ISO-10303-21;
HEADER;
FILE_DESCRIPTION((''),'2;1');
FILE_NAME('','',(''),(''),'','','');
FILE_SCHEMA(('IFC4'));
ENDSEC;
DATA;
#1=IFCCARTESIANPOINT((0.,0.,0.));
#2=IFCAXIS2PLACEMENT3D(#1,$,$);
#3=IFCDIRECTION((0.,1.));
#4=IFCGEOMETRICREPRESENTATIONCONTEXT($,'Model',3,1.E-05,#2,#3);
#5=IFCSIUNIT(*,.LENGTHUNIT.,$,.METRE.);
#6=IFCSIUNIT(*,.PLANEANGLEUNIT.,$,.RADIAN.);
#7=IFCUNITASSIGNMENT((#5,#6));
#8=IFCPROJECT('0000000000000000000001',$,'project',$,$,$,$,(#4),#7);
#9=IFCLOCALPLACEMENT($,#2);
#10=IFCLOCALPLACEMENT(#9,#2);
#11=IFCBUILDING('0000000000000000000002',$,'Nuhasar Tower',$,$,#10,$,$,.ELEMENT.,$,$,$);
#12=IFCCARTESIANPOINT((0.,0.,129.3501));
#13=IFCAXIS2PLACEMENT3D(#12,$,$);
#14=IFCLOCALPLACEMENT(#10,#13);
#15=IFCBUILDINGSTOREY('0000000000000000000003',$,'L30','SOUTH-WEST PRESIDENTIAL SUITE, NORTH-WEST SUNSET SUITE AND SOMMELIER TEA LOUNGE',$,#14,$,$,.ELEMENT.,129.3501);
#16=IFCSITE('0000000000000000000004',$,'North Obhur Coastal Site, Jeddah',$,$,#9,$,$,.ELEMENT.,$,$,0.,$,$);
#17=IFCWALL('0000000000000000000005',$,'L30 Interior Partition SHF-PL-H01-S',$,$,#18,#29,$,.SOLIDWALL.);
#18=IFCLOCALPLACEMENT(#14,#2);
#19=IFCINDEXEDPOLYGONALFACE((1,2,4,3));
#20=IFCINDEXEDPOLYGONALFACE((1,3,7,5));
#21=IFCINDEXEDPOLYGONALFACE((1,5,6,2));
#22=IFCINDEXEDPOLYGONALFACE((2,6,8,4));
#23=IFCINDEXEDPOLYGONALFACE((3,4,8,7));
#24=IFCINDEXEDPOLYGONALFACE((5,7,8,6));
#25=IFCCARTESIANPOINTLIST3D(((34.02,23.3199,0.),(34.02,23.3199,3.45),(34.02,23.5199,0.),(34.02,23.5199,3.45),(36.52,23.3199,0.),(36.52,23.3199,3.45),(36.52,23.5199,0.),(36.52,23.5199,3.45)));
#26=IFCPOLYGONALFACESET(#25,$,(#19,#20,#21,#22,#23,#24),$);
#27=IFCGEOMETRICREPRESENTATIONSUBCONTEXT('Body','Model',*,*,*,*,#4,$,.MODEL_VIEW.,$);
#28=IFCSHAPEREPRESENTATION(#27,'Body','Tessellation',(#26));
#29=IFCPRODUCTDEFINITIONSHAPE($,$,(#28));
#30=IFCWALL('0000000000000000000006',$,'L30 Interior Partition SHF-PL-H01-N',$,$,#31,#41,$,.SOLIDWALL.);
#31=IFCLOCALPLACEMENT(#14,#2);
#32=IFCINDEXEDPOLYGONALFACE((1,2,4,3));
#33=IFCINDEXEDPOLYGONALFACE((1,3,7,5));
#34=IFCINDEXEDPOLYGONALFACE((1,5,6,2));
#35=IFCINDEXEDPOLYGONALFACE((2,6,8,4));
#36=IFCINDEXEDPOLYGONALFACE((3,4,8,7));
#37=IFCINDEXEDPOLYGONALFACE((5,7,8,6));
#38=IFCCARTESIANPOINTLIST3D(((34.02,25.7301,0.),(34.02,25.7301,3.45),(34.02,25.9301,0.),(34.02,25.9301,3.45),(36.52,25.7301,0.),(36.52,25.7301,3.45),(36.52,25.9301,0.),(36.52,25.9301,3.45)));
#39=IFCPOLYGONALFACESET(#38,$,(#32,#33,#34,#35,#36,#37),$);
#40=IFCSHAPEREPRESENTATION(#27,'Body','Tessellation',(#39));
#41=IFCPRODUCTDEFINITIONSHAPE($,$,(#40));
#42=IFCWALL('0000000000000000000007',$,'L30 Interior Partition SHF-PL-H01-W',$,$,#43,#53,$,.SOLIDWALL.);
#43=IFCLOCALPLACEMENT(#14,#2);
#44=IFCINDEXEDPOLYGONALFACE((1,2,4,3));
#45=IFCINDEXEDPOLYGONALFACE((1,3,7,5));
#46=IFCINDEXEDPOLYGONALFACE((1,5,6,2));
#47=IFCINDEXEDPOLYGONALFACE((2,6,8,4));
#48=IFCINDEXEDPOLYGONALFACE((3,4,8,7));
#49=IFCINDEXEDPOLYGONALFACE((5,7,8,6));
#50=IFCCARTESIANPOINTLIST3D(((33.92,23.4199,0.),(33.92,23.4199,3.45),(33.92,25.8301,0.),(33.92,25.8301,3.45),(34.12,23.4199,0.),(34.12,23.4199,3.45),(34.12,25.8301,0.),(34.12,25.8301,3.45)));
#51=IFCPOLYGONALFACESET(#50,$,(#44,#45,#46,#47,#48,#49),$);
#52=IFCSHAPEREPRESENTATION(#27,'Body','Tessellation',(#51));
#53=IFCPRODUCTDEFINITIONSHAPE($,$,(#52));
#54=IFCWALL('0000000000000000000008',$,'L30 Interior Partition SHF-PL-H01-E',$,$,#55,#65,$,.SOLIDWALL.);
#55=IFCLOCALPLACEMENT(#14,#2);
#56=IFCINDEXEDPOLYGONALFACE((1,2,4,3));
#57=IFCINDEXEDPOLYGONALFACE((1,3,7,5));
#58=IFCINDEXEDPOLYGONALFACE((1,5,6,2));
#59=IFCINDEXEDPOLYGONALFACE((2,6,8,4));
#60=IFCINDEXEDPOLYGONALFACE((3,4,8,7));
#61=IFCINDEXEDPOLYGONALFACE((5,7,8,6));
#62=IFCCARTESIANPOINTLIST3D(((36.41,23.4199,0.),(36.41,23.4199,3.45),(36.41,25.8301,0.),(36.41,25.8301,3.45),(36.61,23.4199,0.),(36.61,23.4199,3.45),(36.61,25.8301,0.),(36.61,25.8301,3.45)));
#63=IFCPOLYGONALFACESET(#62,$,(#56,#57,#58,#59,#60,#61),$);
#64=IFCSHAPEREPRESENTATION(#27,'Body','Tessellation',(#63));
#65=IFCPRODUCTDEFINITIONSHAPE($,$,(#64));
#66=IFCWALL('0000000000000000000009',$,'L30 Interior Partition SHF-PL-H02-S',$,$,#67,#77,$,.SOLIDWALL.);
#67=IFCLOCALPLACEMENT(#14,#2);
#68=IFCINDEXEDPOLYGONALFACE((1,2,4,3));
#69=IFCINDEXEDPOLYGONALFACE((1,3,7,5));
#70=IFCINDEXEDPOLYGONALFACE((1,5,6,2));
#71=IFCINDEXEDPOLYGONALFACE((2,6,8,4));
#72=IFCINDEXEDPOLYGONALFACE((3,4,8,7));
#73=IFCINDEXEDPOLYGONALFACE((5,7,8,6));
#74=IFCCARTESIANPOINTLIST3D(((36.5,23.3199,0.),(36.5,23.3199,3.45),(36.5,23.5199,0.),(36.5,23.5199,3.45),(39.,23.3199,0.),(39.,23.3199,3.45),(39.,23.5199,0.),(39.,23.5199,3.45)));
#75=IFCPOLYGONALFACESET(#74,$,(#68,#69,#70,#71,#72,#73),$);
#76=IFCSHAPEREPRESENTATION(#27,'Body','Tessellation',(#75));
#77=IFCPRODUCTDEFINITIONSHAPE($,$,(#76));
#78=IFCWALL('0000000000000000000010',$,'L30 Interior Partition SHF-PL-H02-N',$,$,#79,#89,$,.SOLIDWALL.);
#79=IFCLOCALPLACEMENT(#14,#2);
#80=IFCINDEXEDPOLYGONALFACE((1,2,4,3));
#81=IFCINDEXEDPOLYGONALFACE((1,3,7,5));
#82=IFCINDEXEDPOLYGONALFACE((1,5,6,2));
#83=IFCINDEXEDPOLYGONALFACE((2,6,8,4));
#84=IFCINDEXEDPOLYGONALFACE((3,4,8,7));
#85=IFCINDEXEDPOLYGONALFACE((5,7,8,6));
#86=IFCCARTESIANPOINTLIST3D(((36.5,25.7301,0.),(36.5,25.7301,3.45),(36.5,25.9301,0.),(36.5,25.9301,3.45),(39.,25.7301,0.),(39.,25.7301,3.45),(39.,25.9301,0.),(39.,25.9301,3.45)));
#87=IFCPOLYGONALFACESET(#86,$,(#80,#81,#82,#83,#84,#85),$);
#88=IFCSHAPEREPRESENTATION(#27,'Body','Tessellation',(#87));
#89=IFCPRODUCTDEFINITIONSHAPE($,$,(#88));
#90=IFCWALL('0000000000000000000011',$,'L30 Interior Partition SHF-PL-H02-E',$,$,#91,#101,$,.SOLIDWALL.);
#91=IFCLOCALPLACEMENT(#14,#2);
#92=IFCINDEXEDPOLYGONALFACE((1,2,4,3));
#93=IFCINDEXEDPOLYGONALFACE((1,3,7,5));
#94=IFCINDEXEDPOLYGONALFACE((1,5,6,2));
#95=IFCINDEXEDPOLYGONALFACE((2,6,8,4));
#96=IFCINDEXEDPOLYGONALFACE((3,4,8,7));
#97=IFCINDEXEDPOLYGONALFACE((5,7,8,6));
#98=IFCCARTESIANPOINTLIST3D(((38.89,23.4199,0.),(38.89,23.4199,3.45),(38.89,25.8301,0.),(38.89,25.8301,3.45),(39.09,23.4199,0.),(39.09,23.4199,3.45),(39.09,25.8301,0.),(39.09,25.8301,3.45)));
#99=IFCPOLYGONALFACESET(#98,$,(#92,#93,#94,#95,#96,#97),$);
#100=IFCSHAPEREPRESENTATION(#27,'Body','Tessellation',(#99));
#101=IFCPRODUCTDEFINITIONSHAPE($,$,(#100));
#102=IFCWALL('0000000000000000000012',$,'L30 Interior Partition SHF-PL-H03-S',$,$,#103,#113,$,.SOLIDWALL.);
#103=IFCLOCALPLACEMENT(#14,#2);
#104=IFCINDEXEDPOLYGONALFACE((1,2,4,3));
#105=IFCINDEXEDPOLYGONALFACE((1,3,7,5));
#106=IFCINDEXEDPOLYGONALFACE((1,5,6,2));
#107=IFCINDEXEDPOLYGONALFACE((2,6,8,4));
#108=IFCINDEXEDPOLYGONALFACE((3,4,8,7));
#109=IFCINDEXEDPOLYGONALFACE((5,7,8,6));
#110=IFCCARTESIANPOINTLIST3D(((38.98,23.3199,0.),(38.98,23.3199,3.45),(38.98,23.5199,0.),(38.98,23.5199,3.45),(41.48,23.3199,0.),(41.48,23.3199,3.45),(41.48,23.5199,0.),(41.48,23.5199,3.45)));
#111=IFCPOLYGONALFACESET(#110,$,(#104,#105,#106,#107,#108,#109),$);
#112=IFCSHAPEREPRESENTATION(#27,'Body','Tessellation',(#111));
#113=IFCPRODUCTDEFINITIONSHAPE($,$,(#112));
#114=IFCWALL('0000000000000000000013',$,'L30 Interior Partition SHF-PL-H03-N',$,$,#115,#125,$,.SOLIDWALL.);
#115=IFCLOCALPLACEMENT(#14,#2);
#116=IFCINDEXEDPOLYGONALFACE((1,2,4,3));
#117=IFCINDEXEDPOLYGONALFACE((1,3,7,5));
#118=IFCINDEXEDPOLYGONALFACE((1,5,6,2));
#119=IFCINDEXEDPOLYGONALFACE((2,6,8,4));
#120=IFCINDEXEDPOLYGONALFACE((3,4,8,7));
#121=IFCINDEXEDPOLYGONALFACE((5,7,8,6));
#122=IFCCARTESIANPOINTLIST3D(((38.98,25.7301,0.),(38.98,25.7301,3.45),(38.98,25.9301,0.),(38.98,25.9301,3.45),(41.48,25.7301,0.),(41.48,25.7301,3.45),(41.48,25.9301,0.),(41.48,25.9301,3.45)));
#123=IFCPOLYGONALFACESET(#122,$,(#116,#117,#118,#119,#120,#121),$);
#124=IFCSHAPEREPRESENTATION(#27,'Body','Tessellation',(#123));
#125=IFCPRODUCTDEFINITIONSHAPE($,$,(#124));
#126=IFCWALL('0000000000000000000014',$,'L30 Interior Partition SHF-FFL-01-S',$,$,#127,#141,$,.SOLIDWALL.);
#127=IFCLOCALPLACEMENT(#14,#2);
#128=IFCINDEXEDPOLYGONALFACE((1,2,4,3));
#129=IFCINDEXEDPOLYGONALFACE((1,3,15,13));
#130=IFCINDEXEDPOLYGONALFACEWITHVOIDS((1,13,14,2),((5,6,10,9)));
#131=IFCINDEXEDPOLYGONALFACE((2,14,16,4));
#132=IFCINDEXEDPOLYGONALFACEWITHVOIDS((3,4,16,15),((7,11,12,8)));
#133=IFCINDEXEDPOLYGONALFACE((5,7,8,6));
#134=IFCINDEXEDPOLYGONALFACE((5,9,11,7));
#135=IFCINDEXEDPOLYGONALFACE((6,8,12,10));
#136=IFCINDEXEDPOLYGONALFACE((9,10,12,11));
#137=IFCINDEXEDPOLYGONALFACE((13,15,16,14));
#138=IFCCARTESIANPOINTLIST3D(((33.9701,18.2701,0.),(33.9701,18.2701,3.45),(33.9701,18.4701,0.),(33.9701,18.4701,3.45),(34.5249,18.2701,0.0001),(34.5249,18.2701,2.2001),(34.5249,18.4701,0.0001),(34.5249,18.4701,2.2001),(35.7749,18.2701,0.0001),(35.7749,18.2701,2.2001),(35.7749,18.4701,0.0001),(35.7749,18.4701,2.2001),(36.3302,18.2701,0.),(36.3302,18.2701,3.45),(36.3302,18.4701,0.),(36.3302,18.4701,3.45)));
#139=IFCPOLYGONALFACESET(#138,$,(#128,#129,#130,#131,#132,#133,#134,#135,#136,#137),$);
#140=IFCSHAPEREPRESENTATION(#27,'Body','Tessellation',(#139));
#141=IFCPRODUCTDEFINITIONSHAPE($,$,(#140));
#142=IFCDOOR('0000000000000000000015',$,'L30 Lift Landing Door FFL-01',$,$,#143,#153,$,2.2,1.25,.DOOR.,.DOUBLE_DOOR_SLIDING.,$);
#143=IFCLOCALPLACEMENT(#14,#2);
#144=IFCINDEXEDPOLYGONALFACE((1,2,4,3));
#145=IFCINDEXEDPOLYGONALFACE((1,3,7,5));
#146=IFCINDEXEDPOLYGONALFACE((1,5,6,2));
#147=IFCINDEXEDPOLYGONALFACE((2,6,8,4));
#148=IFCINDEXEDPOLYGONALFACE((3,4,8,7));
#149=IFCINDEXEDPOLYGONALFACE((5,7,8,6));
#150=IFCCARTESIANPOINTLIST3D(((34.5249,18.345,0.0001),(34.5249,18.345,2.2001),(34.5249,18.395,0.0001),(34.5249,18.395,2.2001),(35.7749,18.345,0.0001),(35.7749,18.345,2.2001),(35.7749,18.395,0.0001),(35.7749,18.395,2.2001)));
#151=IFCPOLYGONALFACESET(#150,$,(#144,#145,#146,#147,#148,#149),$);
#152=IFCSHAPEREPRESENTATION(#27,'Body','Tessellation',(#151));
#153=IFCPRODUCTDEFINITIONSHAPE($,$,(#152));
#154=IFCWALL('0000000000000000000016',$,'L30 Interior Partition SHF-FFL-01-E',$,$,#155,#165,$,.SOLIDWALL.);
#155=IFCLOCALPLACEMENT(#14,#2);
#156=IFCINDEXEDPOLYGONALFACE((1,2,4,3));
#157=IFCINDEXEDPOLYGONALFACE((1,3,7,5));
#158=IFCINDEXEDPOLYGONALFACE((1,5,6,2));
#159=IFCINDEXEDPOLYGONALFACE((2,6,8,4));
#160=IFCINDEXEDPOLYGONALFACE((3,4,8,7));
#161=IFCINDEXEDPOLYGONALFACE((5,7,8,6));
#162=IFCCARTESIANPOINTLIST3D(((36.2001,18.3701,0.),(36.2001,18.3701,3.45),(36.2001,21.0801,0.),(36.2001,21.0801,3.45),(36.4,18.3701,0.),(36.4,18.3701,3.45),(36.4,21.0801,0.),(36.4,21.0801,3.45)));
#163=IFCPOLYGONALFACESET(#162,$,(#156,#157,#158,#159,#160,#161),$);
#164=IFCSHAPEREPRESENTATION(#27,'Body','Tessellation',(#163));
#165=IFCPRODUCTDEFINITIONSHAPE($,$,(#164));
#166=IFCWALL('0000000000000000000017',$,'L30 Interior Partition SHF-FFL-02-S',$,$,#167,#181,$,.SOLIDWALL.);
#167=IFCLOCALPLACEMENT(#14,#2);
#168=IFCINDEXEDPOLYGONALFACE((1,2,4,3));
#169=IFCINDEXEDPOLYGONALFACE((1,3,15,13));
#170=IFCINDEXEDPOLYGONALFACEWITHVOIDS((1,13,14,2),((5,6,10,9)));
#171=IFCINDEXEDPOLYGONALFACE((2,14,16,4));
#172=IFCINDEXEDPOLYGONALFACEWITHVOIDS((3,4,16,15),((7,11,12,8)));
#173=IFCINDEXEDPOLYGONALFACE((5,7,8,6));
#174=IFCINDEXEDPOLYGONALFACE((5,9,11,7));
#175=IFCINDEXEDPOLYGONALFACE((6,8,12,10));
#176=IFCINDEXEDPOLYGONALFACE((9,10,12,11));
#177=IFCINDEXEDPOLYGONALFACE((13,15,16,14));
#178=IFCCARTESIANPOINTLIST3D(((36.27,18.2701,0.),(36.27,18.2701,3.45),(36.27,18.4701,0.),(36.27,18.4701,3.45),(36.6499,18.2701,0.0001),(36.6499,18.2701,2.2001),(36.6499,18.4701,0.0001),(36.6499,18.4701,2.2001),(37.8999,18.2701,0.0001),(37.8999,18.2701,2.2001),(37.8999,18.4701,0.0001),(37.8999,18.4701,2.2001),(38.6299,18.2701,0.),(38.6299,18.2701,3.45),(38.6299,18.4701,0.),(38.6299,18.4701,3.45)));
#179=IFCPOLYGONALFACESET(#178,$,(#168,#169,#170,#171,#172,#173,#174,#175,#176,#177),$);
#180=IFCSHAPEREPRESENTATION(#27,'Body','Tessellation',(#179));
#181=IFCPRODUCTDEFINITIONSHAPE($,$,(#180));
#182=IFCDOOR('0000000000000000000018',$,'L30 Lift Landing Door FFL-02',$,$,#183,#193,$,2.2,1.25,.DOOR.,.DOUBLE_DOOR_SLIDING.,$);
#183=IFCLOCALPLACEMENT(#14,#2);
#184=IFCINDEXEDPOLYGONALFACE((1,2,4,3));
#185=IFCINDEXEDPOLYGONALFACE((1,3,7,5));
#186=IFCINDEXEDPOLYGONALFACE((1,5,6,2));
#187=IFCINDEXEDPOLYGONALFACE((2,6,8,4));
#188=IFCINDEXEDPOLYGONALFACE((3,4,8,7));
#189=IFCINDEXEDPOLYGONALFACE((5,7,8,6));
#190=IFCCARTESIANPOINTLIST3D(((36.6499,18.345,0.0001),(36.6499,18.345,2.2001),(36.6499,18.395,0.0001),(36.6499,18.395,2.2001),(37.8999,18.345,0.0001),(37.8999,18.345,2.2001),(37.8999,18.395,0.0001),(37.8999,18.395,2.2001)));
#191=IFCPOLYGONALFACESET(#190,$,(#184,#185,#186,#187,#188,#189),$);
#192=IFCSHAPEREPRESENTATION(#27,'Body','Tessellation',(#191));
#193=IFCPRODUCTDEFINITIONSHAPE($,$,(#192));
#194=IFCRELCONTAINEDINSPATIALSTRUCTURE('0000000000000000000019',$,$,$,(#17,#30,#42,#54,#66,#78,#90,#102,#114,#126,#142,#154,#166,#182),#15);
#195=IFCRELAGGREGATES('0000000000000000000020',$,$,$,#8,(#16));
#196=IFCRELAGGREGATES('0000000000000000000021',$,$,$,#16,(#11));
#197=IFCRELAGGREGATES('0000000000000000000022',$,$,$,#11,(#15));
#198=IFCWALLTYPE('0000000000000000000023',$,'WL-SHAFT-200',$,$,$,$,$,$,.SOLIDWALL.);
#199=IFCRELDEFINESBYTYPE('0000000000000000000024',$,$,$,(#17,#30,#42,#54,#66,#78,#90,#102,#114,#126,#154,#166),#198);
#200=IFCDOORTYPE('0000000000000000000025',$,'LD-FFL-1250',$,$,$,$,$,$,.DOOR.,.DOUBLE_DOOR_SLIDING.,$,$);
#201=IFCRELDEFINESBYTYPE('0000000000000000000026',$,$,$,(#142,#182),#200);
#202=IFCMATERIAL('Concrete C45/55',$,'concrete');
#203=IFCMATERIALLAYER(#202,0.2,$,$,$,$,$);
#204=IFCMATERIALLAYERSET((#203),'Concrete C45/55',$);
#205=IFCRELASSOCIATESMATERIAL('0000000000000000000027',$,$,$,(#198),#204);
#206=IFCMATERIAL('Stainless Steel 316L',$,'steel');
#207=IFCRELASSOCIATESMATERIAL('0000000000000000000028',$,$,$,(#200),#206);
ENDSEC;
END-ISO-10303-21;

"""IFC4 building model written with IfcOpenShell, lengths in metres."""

from ifc_helpers import new_model, si_unit, direction, frame, frame_2d, origin, place, context, subcontext, project, spatial, rectangle, extrude, material, layer, layer_set, type_object, element, fill, save


model = new_model("IFC4")

# Units and contexts
model_context = context("Model", 3, precision=1e-05, world=origin(), true_north=direction((0.0, 1.0)))
body_context = subcontext(model_context, "Body", "Model", "MODEL_VIEW")
ifc_project = project(units=[si_unit("LENGTHUNIT", "METRE"), si_unit("PLANEANGLEUNIT", "RADIAN")], contexts=[model_context])

# Site, building, storey
site_placement = place(None, origin())
site = spatial("IfcSite", under=ifc_project, at=site_placement, Name="North Obhur Coastal Site, Jeddah", CompositionType="ELEMENT", RefElevation=0.0)
building_placement = place(site_placement, origin())
building = spatial("IfcBuilding", under=site, at=building_placement, Name="Nuhasar Tower", CompositionType="ELEMENT")
storey_placement = place(building_placement, frame((0.0, 0.0, 129.3501)))
storey = spatial("IfcBuildingStorey", under=building, at=storey_placement, Name="L30", Description="SOUTH-WEST PRESIDENTIAL SUITE, NORTH-WEST SUNSET SUITE AND SOMMELIER TEA LOUNGE", CompositionType="ELEMENT", Elevation=129.3501)

# Shared definitions
ifc_material_1 = material(Name="Concrete C45/55", Category="concrete")

# Walls
ifc_layer_1 = layer(ifc_material_1, 0.2)
ifc_layer_set_1 = layer_set([ifc_layer_1], Name="Concrete C45/55")
wall_type_1 = type_object("IfcWallType", Name="WL-SHAFT-200", PredefinedType="SOLIDWALL", material=ifc_layer_set_1)
for number, where, z_axis, x_axis, name in (
    (1, (34.02, 23.4199, 0.0), (0.0, 0.0, 1.0), (1.0, 0.0, 0.0), "L30 Interior Partition SHF-PL-H01-S"),
    (2, (34.02, 25.8301, 0.0), (0.0, 0.0, 1.0), (1.0, 0.0, 0.0), "L30 Interior Partition SHF-PL-H01-N"),
):
    element("IfcWall", number, at=place(storey_placement, frame(where, z_axis=z_axis, x_axis=x_axis)), inside=storey, type_object=wall_type_1, Name=name, PredefinedType="SOLIDWALL", context=body_context, shape_type="SweptSolid", body=[
        extrude(rectangle(XDim=2.5, YDim=0.2, at=frame_2d((1.25, 0.0))), origin(), (0.0, 0.0, 1.0), 3.45),
    ])
for number, where, z_axis, x_axis, name in (
    (3, (34.02, 23.4199, 0.0), (0.0, 0.0, 1.0), (0.0, 1.0, 0.0), "L30 Interior Partition SHF-PL-H01-W"),
    (4, (36.51, 23.4199, 0.0), (0.0, 0.0, 1.0), (0.0, 1.0, 0.0), "L30 Interior Partition SHF-PL-H01-E"),
):
    element("IfcWall", number, at=place(storey_placement, frame(where, z_axis=z_axis, x_axis=x_axis)), inside=storey, type_object=wall_type_1, Name=name, PredefinedType="SOLIDWALL", context=body_context, shape_type="SweptSolid", body=[
        extrude(rectangle(XDim=2.4102, YDim=0.2, at=frame_2d((1.2051, 0.0))), origin(), (0.0, 0.0, 1.0), 3.45),
    ])
for number, where, z_axis, x_axis, name in (
    (5, (36.5, 23.4199, 0.0), (0.0, 0.0, 1.0), (1.0, 0.0, 0.0), "L30 Interior Partition SHF-PL-H02-S"),
    (6, (36.5, 25.8301, 0.0), (0.0, 0.0, 1.0), (1.0, 0.0, 0.0), "L30 Interior Partition SHF-PL-H02-N"),
):
    element("IfcWall", number, at=place(storey_placement, frame(where, z_axis=z_axis, x_axis=x_axis)), inside=storey, type_object=wall_type_1, Name=name, PredefinedType="SOLIDWALL", context=body_context, shape_type="SweptSolid", body=[
        extrude(rectangle(XDim=2.5, YDim=0.2, at=frame_2d((1.25, 0.0))), origin(), (0.0, 0.0, 1.0), 3.45),
    ])
wall_1_placement = place(storey_placement, frame((38.99, 23.4199, 0.0), z_axis=(0.0, 0.0, 1.0), x_axis=(0.0, 1.0, 0.0)))
element("IfcWall", 7, at=wall_1_placement, inside=storey, type_object=wall_type_1, Name="L30 Interior Partition SHF-PL-H02-E", PredefinedType="SOLIDWALL", context=body_context, shape_type="SweptSolid", body=[
    extrude(rectangle(XDim=2.4102, YDim=0.2, at=frame_2d((1.2051, 0.0))), origin(), (0.0, 0.0, 1.0), 3.45),
])
for number, where, z_axis, x_axis, name in (
    (8, (38.98, 23.4199, 0.0), (0.0, 0.0, 1.0), (1.0, 0.0, 0.0), "L30 Interior Partition SHF-PL-H03-S"),
    (9, (38.98, 25.8301, 0.0), (0.0, 0.0, 1.0), (1.0, 0.0, 0.0), "L30 Interior Partition SHF-PL-H03-N"),
):
    element("IfcWall", number, at=place(storey_placement, frame(where, z_axis=z_axis, x_axis=x_axis)), inside=storey, type_object=wall_type_1, Name=name, PredefinedType="SOLIDWALL", context=body_context, shape_type="SweptSolid", body=[
        extrude(rectangle(XDim=2.5, YDim=0.2, at=frame_2d((1.25, 0.0))), origin(), (0.0, 0.0, 1.0), 3.45),
    ])

# Wall, opening, door
wall_2_placement = place(storey_placement, frame((33.97, 18.3701, 0.0), z_axis=(0.0, 0.0, 1.0), x_axis=(1.0, 0.0, 0.0)))
wall_2 = element("IfcWall", 10, at=wall_2_placement, inside=storey, type_object=wall_type_1, Name="L30 Interior Partition SHF-FFL-01-S", PredefinedType="SOLIDWALL", context=body_context, shape_type="SweptSolid", body=[
    extrude(rectangle(XDim=2.3601, YDim=0.2, at=frame_2d((1.1802, 0.0))), origin(), (0.0, 0.0, 1.0), 3.45),
])
opening_1_placement = place(wall_2_placement, frame((0.5549, 0.0, 0.0)))
opening_1 = element("IfcOpeningElement", 11, at=opening_1_placement, cuts=wall_2, PredefinedType="OPENING", context=body_context, shape_type="SweptSolid", body=[
    extrude(rectangle(XDim=1.25, YDim=2.2, at=frame_2d((0.625, 1.1001))), frame((0.0, 0.1099, 0.0), z_axis=(0.0, -1.0, 0.0), x_axis=(1.0, 0.0, 0.0)), (0.0, 0.0, 1.0), 0.22),
])
ifc_material_2 = material(Name="Stainless Steel 316L", Category="steel")
door_type_1 = type_object("IfcDoorType", Name="LD-FFL-1250", OperationType="DOUBLE_DOOR_SLIDING", PredefinedType="DOOR", material=ifc_material_2)
door_1_placement = place(opening_1_placement, origin())
door_1 = element("IfcDoor", 12, at=door_1_placement, inside=storey, type_object=door_type_1, Name="L30 Lift Landing Door FFL-01", OperationType="DOUBLE_DOOR_SLIDING", OverallHeight=2.2, OverallWidth=1.25, PredefinedType="DOOR", context=body_context, shape_type="SweptSolid", body=[
    extrude(rectangle(XDim=1.25, YDim=2.2, at=frame_2d((0.625, 1.1001))), frame((0.0, 0.0249, 0.0), z_axis=(0.0, -1.0, 0.0), x_axis=(1.0, 0.0, 0.0)), (0.0, 0.0, 1.0), 0.05),
])
fill(opening_1, door_1)

# Wall
wall_3_placement = place(storey_placement, frame((36.3, 18.3701, 0.0), z_axis=(0.0, 0.0, 1.0), x_axis=(0.0, 1.0, 0.0)))
element("IfcWall", 13, at=wall_3_placement, inside=storey, type_object=wall_type_1, Name="L30 Interior Partition SHF-FFL-01-E", PredefinedType="SOLIDWALL", context=body_context, shape_type="SweptSolid", body=[
    extrude(rectangle(XDim=2.71, YDim=0.2, at=frame_2d((1.355, 0.0))), origin(), (0.0, 0.0, 1.0), 3.45),
])

# Wall, opening, door
wall_4_placement = place(storey_placement, frame((36.27, 18.3701, 0.0), z_axis=(0.0, 0.0, 1.0), x_axis=(1.0, 0.0, 0.0)))
wall_4 = element("IfcWall", 14, at=wall_4_placement, inside=storey, type_object=wall_type_1, Name="L30 Interior Partition SHF-FFL-02-S", PredefinedType="SOLIDWALL", context=body_context, shape_type="SweptSolid", body=[
    extrude(rectangle(XDim=2.3599, YDim=0.2, at=frame_2d((1.1799, 0.0))), origin(), (0.0, 0.0, 1.0), 3.45),
])
opening_2_placement = place(wall_4_placement, frame((0.3799, 0.0, 0.0)))
opening_2 = element("IfcOpeningElement", 15, at=opening_2_placement, cuts=wall_4, PredefinedType="OPENING", context=body_context, shape_type="SweptSolid", body=[
    extrude(rectangle(XDim=1.25, YDim=2.2, at=frame_2d((0.625, 1.1001))), frame((0.0, 0.1099, 0.0), z_axis=(0.0, -1.0, 0.0), x_axis=(1.0, 0.0, 0.0)), (0.0, 0.0, 1.0), 0.22),
])
door_2_placement = place(opening_2_placement, origin())
door_2 = element("IfcDoor", 16, at=door_2_placement, inside=storey, type_object=door_type_1, Name="L30 Lift Landing Door FFL-02", OperationType="DOUBLE_DOOR_SLIDING", OverallHeight=2.2, OverallWidth=1.25, PredefinedType="DOOR", context=body_context, shape_type="SweptSolid", body=[
    extrude(rectangle(XDim=1.25, YDim=2.2, at=frame_2d((0.625, 1.1001))), frame((0.0, 0.0249, 0.0), z_axis=(0.0, -1.0, 0.0), x_axis=(1.0, 0.0, 0.0)), (0.0, 0.0, 1.0), 0.05),
])
fill(opening_2, door_2)

save(model, "model.ifc")
